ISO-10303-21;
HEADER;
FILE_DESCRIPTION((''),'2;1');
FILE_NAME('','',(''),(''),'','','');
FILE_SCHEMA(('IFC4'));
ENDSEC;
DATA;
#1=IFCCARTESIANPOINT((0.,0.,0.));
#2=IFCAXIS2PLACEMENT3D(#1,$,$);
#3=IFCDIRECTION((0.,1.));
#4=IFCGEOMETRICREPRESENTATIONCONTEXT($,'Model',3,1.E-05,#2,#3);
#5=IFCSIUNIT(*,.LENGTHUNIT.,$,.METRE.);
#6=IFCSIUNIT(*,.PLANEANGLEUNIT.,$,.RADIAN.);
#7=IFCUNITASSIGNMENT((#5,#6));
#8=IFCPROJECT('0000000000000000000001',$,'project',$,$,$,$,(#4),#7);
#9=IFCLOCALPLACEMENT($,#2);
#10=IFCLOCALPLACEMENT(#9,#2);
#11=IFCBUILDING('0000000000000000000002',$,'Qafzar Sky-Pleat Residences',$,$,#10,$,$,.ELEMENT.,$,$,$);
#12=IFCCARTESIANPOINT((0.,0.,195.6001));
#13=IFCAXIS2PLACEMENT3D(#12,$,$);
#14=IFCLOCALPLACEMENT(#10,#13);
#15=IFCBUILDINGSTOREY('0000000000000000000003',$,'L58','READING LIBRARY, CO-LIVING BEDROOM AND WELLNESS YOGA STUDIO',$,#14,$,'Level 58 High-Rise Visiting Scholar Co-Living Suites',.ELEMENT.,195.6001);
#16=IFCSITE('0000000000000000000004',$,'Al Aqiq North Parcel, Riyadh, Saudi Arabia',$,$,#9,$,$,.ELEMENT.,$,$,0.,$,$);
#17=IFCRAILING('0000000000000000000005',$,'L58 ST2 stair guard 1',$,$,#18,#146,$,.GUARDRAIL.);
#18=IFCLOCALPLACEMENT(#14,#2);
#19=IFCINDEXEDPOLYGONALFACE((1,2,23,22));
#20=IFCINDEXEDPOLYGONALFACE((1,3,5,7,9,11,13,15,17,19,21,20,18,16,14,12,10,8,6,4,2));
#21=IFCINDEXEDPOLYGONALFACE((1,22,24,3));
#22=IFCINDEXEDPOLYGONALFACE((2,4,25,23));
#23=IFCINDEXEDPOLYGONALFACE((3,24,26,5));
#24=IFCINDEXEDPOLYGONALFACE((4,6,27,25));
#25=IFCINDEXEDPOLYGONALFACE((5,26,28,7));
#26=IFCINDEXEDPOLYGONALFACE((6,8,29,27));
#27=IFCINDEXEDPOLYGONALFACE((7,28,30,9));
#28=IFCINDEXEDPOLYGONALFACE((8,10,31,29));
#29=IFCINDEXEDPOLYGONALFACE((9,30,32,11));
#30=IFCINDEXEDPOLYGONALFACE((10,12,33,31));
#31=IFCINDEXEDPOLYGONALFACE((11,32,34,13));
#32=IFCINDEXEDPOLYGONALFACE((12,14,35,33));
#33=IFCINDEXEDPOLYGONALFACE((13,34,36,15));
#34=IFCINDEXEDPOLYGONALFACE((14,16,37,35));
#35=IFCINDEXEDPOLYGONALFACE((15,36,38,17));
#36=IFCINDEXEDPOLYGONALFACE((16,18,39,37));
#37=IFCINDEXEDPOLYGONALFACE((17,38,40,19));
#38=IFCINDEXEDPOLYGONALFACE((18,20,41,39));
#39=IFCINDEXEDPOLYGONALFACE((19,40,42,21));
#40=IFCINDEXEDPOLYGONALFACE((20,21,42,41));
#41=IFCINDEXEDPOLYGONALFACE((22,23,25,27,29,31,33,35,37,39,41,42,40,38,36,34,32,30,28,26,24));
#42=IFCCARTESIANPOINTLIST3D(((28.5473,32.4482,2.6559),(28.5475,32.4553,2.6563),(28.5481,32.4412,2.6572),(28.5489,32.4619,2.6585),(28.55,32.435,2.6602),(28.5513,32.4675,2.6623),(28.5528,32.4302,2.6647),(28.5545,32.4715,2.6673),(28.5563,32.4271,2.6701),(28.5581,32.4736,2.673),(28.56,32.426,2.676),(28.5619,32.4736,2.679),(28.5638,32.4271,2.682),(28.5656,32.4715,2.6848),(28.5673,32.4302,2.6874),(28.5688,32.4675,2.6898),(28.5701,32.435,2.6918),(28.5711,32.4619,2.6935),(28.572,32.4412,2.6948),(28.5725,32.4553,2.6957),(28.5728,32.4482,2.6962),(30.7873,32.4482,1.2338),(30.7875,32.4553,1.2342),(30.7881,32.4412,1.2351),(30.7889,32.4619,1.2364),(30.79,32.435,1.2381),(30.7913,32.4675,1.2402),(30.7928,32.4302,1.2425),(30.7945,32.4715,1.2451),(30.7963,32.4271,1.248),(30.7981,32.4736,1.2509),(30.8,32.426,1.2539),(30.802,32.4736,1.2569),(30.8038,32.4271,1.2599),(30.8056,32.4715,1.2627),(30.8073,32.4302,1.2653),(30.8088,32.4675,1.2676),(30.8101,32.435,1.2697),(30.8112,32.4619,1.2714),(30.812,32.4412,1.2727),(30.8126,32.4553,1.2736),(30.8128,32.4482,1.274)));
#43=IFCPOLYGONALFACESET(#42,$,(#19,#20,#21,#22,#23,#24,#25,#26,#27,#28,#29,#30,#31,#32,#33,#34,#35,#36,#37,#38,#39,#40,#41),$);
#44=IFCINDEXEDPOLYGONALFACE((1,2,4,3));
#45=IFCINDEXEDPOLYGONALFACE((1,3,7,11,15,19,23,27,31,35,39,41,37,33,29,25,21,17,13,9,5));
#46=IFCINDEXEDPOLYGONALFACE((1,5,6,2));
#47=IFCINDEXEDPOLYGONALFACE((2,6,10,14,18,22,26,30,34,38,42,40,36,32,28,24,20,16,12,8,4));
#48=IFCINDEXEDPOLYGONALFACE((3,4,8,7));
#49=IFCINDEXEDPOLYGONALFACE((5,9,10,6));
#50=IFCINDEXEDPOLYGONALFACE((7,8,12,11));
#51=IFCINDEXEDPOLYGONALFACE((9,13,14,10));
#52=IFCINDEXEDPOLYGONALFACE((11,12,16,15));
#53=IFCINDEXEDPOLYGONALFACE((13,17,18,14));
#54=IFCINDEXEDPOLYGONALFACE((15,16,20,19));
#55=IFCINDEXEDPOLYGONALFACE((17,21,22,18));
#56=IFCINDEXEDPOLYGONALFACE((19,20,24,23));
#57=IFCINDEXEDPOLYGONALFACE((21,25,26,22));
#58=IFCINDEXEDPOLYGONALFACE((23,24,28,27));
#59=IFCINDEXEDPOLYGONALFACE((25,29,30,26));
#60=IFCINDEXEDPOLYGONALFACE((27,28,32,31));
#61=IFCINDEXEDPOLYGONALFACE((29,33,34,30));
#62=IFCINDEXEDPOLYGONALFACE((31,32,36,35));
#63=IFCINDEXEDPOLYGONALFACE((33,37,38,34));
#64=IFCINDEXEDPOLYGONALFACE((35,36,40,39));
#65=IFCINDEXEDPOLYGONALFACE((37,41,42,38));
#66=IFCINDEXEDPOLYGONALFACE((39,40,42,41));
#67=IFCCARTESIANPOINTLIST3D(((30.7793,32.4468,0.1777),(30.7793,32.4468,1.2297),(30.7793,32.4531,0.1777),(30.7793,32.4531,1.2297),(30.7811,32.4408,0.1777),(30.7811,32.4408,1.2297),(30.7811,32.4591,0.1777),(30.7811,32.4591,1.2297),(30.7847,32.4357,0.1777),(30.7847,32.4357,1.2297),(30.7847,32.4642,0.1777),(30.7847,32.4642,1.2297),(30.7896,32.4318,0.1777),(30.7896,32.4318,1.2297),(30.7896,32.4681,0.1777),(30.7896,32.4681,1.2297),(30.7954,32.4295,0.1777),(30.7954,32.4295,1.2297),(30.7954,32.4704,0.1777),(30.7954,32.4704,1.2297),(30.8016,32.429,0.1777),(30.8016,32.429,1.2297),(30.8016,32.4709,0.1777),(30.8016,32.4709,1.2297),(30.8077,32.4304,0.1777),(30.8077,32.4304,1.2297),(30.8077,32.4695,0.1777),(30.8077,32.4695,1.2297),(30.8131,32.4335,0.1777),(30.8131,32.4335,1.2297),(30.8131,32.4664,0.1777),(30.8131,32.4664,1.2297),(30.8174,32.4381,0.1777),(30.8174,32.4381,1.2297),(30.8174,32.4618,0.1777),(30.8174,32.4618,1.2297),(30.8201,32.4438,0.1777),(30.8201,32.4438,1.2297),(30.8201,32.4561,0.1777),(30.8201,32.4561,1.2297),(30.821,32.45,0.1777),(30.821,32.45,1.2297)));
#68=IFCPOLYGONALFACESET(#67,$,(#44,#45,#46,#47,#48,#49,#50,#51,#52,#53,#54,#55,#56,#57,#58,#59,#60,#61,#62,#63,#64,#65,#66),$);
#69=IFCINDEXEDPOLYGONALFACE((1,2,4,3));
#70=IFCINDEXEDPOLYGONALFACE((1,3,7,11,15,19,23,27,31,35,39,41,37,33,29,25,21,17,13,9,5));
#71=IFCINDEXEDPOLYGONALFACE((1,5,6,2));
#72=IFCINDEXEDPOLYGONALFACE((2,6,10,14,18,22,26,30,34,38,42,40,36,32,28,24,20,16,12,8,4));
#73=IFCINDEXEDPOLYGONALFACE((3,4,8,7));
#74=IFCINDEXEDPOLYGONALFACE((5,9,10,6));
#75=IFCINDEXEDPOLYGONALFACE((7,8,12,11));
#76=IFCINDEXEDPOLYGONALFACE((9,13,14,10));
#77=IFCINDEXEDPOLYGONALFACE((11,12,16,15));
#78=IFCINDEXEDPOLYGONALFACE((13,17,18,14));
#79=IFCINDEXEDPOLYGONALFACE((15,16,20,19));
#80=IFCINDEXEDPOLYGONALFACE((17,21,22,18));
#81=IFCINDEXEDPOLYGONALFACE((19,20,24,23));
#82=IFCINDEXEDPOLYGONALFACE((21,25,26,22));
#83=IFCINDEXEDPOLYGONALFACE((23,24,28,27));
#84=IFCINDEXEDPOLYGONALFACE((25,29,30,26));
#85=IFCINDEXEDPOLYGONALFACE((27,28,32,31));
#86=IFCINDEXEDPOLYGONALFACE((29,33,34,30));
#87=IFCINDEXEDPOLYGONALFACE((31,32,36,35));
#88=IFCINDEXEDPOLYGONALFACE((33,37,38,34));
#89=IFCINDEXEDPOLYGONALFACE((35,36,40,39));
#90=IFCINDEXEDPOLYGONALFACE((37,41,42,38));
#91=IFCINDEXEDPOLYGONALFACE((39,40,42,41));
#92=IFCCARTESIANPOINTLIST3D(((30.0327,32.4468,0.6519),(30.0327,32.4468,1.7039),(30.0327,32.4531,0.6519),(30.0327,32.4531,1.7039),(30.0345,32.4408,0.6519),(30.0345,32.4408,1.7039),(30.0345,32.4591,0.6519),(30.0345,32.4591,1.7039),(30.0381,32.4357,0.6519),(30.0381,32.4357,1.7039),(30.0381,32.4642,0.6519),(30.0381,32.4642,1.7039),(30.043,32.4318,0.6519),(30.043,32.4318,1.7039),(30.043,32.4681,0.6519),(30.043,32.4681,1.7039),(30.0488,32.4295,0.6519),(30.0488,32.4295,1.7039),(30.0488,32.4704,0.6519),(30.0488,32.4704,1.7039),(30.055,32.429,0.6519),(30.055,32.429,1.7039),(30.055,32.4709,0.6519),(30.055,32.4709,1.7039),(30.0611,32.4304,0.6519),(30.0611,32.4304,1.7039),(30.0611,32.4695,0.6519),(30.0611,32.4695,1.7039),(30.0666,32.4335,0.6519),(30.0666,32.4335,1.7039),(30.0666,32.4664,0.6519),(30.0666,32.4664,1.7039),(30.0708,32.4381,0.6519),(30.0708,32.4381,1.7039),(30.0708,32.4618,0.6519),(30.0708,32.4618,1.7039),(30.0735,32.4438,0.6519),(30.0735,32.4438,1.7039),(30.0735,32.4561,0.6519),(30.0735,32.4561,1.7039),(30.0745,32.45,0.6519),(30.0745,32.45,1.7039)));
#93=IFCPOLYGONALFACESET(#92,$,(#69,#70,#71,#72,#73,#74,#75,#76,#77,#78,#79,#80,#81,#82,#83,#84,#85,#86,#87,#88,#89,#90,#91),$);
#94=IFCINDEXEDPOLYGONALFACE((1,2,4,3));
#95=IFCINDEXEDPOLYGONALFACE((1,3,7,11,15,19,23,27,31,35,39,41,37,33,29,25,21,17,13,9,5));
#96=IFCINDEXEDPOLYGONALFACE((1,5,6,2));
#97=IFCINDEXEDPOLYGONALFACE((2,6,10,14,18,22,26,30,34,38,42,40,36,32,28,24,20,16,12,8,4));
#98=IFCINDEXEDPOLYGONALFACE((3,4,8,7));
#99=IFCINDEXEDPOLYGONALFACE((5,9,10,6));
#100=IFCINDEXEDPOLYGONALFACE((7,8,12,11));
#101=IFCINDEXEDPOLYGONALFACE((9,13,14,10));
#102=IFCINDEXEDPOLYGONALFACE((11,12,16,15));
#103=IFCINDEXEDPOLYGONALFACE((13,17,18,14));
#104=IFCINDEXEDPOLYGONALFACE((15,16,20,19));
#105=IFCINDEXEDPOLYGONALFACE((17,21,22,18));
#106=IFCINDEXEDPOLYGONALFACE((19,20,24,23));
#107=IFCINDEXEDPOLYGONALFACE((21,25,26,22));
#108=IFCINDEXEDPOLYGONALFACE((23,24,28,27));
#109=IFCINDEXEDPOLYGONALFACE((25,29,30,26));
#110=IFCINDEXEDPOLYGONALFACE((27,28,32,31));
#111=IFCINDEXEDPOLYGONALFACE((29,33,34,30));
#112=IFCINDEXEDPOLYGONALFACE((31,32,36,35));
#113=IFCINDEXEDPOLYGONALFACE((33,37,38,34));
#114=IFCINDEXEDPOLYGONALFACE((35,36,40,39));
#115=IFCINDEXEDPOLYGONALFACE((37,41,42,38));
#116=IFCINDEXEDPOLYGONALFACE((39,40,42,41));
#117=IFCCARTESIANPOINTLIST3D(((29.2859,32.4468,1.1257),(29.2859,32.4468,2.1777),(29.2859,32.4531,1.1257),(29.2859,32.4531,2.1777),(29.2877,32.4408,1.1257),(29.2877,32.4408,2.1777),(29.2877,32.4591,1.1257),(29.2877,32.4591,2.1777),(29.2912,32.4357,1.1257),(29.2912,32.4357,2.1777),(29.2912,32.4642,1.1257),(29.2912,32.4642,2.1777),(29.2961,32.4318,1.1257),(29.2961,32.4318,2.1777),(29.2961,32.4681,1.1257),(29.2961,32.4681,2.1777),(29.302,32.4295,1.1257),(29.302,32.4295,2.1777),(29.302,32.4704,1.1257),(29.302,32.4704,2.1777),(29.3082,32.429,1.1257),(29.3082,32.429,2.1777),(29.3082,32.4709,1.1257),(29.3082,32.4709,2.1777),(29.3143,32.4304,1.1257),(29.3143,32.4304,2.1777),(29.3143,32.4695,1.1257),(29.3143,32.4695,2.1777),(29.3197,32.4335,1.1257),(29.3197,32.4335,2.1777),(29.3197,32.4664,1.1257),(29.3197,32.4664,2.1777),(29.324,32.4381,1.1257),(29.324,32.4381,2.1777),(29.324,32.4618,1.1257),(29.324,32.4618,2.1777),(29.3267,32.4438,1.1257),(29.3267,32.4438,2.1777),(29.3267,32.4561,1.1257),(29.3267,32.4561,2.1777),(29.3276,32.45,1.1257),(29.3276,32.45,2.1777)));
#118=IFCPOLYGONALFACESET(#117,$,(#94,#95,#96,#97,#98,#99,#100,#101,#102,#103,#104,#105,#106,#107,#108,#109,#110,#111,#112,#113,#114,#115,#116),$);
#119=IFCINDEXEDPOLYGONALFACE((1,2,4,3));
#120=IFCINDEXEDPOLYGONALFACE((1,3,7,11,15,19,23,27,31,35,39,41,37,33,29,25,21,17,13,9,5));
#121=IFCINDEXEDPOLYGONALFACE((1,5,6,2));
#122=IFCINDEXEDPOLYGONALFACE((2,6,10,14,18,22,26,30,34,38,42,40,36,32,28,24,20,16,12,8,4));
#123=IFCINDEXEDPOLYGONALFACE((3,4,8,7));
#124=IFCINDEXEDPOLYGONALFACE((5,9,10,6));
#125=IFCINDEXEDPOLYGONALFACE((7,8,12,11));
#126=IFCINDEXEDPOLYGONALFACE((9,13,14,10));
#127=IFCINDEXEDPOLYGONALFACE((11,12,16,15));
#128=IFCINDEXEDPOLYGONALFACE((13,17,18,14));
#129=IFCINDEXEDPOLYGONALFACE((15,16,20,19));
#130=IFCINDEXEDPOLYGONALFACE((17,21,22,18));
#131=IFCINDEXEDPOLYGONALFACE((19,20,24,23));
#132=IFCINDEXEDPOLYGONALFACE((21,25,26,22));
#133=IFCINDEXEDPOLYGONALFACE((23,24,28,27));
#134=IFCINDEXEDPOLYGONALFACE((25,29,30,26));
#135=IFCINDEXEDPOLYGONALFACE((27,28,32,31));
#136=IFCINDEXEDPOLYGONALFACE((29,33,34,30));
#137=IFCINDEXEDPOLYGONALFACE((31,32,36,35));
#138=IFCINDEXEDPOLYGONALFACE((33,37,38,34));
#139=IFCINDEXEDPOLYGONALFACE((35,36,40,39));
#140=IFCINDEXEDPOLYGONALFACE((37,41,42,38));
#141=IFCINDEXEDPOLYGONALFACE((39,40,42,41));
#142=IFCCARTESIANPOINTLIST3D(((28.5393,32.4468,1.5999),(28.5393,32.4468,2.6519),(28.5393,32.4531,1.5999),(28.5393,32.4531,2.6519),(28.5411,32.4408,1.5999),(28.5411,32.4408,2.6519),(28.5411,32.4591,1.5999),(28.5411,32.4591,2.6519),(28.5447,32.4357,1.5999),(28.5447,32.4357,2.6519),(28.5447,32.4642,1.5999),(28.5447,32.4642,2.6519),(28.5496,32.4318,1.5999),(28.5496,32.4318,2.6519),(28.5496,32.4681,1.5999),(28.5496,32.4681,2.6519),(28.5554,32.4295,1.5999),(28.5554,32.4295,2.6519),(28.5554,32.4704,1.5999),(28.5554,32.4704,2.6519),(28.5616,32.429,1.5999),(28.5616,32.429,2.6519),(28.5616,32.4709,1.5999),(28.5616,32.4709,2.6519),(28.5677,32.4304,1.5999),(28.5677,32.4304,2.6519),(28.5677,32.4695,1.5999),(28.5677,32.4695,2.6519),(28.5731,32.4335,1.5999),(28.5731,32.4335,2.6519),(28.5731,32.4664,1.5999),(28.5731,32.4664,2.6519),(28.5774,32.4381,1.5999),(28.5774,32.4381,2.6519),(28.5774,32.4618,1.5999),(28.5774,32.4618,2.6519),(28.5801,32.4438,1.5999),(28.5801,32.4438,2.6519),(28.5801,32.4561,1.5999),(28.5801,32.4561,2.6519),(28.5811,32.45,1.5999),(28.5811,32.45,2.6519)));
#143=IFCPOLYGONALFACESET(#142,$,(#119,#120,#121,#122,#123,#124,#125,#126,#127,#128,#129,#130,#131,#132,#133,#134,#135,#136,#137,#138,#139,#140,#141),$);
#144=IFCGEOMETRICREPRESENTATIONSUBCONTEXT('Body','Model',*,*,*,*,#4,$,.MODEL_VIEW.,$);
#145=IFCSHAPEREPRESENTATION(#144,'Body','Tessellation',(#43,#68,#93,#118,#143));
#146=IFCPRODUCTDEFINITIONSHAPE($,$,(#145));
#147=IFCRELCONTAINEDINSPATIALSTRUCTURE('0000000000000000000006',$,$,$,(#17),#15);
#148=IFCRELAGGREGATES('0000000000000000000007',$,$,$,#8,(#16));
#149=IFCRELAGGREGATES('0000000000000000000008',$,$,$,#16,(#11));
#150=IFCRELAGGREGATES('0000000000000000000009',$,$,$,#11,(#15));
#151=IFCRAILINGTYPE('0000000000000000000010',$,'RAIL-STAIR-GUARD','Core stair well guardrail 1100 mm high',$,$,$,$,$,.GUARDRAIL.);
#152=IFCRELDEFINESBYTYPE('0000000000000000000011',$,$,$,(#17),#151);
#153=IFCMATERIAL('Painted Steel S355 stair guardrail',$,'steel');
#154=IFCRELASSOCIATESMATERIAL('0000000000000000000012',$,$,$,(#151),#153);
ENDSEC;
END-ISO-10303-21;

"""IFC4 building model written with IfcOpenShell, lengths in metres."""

from ifc_helpers import new_model, si_unit, direction, frame, origin, origin_2d, place, context, subcontext, project, spatial, circle, extrude, source, transform, mapped, material, type_object, element, save


model = new_model("IFC4")

# Units and contexts
model_context = context("Model", 3, precision=1e-05, world=origin(), true_north=direction((0.0, 1.0)))
body_context = subcontext(model_context, "Body", "Model", "MODEL_VIEW")
ifc_project = project(units=[si_unit("LENGTHUNIT", "METRE"), si_unit("PLANEANGLEUNIT", "RADIAN")], contexts=[model_context])

# Site, building, storey
site_placement = place(None, origin())
site = spatial("IfcSite", under=ifc_project, at=site_placement, Name="Al Aqiq North Parcel, Riyadh, Saudi Arabia", CompositionType="ELEMENT", RefElevation=0.0)
building_placement = place(site_placement, origin())
building = spatial("IfcBuilding", under=site, at=building_placement, Name="Qafzar Sky-Pleat Residences", CompositionType="ELEMENT")
storey_placement = place(building_placement, frame((0.0, 0.0, 195.6001)))
storey = spatial("IfcBuildingStorey", under=building, at=storey_placement, Name="L58", Description="READING LIBRARY, CO-LIVING BEDROOM AND WELLNESS YOGA STUDIO", LongName="Level 58 High-Rise Visiting Scholar Co-Living Suites", CompositionType="ELEMENT", Elevation=195.6001)

# Railing
ifc_material_1 = material(Name="Painted Steel S355 stair guardrail", Category="steel")
railing_type_1 = type_object("IfcRailingType", Name="RAIL-STAIR-GUARD", Description="Core stair well guardrail 1100 mm high", PredefinedType="GUARDRAIL", material=ifc_material_1)
shared_shape_1 = source(origin(), body_context, "Body", "SweptSolid", [
    extrude(circle(Radius=0.0239, at=origin_2d()), frame((0.0, 0.0, 1.0762), z_axis=(-0.844229, 0.0, 0.535982), x_axis=(0.0, -1.0, 0.0)), (0.0, 0.0, 1.0), 2.6533),
    extrude(circle(Radius=0.021, at=origin_2d()), origin(), (0.0, 0.0, 1.0), 1.052),
    extrude(circle(Radius=0.021, at=origin_2d()), frame((-0.7466, 0.0, 0.4741)), (0.0, 0.0, 1.0), 1.052),
    extrude(circle(Radius=0.021, at=origin_2d()), frame((-1.4934, 0.0, 0.948)), (0.0, 0.0, 1.0), 1.052),
    extrude(circle(Radius=0.021, at=origin_2d()), frame((-2.24, 0.0, 1.4221)), (0.0, 0.0, 1.0), 1.052),
])
railing_1_placement = place(storey_placement, frame((30.8, 32.45, 0.1777)))
element("IfcRailing", 1, at=railing_1_placement, inside=storey, type_object=railing_type_1, Name="L58 ST2 stair guard 1", PredefinedType="GUARDRAIL", context=body_context, shape_type="MappedRepresentation", body=[
    mapped(shared_shape_1, transform((0.0, 0.0, 0.0), x_axis=(1.0, 0.0, 0.0), y_axis=(0.0, 1.0, 0.0), z_axis=(0.0, 0.0, 1.0), scale=1.0)),
])

save(model, "model.ifc")
